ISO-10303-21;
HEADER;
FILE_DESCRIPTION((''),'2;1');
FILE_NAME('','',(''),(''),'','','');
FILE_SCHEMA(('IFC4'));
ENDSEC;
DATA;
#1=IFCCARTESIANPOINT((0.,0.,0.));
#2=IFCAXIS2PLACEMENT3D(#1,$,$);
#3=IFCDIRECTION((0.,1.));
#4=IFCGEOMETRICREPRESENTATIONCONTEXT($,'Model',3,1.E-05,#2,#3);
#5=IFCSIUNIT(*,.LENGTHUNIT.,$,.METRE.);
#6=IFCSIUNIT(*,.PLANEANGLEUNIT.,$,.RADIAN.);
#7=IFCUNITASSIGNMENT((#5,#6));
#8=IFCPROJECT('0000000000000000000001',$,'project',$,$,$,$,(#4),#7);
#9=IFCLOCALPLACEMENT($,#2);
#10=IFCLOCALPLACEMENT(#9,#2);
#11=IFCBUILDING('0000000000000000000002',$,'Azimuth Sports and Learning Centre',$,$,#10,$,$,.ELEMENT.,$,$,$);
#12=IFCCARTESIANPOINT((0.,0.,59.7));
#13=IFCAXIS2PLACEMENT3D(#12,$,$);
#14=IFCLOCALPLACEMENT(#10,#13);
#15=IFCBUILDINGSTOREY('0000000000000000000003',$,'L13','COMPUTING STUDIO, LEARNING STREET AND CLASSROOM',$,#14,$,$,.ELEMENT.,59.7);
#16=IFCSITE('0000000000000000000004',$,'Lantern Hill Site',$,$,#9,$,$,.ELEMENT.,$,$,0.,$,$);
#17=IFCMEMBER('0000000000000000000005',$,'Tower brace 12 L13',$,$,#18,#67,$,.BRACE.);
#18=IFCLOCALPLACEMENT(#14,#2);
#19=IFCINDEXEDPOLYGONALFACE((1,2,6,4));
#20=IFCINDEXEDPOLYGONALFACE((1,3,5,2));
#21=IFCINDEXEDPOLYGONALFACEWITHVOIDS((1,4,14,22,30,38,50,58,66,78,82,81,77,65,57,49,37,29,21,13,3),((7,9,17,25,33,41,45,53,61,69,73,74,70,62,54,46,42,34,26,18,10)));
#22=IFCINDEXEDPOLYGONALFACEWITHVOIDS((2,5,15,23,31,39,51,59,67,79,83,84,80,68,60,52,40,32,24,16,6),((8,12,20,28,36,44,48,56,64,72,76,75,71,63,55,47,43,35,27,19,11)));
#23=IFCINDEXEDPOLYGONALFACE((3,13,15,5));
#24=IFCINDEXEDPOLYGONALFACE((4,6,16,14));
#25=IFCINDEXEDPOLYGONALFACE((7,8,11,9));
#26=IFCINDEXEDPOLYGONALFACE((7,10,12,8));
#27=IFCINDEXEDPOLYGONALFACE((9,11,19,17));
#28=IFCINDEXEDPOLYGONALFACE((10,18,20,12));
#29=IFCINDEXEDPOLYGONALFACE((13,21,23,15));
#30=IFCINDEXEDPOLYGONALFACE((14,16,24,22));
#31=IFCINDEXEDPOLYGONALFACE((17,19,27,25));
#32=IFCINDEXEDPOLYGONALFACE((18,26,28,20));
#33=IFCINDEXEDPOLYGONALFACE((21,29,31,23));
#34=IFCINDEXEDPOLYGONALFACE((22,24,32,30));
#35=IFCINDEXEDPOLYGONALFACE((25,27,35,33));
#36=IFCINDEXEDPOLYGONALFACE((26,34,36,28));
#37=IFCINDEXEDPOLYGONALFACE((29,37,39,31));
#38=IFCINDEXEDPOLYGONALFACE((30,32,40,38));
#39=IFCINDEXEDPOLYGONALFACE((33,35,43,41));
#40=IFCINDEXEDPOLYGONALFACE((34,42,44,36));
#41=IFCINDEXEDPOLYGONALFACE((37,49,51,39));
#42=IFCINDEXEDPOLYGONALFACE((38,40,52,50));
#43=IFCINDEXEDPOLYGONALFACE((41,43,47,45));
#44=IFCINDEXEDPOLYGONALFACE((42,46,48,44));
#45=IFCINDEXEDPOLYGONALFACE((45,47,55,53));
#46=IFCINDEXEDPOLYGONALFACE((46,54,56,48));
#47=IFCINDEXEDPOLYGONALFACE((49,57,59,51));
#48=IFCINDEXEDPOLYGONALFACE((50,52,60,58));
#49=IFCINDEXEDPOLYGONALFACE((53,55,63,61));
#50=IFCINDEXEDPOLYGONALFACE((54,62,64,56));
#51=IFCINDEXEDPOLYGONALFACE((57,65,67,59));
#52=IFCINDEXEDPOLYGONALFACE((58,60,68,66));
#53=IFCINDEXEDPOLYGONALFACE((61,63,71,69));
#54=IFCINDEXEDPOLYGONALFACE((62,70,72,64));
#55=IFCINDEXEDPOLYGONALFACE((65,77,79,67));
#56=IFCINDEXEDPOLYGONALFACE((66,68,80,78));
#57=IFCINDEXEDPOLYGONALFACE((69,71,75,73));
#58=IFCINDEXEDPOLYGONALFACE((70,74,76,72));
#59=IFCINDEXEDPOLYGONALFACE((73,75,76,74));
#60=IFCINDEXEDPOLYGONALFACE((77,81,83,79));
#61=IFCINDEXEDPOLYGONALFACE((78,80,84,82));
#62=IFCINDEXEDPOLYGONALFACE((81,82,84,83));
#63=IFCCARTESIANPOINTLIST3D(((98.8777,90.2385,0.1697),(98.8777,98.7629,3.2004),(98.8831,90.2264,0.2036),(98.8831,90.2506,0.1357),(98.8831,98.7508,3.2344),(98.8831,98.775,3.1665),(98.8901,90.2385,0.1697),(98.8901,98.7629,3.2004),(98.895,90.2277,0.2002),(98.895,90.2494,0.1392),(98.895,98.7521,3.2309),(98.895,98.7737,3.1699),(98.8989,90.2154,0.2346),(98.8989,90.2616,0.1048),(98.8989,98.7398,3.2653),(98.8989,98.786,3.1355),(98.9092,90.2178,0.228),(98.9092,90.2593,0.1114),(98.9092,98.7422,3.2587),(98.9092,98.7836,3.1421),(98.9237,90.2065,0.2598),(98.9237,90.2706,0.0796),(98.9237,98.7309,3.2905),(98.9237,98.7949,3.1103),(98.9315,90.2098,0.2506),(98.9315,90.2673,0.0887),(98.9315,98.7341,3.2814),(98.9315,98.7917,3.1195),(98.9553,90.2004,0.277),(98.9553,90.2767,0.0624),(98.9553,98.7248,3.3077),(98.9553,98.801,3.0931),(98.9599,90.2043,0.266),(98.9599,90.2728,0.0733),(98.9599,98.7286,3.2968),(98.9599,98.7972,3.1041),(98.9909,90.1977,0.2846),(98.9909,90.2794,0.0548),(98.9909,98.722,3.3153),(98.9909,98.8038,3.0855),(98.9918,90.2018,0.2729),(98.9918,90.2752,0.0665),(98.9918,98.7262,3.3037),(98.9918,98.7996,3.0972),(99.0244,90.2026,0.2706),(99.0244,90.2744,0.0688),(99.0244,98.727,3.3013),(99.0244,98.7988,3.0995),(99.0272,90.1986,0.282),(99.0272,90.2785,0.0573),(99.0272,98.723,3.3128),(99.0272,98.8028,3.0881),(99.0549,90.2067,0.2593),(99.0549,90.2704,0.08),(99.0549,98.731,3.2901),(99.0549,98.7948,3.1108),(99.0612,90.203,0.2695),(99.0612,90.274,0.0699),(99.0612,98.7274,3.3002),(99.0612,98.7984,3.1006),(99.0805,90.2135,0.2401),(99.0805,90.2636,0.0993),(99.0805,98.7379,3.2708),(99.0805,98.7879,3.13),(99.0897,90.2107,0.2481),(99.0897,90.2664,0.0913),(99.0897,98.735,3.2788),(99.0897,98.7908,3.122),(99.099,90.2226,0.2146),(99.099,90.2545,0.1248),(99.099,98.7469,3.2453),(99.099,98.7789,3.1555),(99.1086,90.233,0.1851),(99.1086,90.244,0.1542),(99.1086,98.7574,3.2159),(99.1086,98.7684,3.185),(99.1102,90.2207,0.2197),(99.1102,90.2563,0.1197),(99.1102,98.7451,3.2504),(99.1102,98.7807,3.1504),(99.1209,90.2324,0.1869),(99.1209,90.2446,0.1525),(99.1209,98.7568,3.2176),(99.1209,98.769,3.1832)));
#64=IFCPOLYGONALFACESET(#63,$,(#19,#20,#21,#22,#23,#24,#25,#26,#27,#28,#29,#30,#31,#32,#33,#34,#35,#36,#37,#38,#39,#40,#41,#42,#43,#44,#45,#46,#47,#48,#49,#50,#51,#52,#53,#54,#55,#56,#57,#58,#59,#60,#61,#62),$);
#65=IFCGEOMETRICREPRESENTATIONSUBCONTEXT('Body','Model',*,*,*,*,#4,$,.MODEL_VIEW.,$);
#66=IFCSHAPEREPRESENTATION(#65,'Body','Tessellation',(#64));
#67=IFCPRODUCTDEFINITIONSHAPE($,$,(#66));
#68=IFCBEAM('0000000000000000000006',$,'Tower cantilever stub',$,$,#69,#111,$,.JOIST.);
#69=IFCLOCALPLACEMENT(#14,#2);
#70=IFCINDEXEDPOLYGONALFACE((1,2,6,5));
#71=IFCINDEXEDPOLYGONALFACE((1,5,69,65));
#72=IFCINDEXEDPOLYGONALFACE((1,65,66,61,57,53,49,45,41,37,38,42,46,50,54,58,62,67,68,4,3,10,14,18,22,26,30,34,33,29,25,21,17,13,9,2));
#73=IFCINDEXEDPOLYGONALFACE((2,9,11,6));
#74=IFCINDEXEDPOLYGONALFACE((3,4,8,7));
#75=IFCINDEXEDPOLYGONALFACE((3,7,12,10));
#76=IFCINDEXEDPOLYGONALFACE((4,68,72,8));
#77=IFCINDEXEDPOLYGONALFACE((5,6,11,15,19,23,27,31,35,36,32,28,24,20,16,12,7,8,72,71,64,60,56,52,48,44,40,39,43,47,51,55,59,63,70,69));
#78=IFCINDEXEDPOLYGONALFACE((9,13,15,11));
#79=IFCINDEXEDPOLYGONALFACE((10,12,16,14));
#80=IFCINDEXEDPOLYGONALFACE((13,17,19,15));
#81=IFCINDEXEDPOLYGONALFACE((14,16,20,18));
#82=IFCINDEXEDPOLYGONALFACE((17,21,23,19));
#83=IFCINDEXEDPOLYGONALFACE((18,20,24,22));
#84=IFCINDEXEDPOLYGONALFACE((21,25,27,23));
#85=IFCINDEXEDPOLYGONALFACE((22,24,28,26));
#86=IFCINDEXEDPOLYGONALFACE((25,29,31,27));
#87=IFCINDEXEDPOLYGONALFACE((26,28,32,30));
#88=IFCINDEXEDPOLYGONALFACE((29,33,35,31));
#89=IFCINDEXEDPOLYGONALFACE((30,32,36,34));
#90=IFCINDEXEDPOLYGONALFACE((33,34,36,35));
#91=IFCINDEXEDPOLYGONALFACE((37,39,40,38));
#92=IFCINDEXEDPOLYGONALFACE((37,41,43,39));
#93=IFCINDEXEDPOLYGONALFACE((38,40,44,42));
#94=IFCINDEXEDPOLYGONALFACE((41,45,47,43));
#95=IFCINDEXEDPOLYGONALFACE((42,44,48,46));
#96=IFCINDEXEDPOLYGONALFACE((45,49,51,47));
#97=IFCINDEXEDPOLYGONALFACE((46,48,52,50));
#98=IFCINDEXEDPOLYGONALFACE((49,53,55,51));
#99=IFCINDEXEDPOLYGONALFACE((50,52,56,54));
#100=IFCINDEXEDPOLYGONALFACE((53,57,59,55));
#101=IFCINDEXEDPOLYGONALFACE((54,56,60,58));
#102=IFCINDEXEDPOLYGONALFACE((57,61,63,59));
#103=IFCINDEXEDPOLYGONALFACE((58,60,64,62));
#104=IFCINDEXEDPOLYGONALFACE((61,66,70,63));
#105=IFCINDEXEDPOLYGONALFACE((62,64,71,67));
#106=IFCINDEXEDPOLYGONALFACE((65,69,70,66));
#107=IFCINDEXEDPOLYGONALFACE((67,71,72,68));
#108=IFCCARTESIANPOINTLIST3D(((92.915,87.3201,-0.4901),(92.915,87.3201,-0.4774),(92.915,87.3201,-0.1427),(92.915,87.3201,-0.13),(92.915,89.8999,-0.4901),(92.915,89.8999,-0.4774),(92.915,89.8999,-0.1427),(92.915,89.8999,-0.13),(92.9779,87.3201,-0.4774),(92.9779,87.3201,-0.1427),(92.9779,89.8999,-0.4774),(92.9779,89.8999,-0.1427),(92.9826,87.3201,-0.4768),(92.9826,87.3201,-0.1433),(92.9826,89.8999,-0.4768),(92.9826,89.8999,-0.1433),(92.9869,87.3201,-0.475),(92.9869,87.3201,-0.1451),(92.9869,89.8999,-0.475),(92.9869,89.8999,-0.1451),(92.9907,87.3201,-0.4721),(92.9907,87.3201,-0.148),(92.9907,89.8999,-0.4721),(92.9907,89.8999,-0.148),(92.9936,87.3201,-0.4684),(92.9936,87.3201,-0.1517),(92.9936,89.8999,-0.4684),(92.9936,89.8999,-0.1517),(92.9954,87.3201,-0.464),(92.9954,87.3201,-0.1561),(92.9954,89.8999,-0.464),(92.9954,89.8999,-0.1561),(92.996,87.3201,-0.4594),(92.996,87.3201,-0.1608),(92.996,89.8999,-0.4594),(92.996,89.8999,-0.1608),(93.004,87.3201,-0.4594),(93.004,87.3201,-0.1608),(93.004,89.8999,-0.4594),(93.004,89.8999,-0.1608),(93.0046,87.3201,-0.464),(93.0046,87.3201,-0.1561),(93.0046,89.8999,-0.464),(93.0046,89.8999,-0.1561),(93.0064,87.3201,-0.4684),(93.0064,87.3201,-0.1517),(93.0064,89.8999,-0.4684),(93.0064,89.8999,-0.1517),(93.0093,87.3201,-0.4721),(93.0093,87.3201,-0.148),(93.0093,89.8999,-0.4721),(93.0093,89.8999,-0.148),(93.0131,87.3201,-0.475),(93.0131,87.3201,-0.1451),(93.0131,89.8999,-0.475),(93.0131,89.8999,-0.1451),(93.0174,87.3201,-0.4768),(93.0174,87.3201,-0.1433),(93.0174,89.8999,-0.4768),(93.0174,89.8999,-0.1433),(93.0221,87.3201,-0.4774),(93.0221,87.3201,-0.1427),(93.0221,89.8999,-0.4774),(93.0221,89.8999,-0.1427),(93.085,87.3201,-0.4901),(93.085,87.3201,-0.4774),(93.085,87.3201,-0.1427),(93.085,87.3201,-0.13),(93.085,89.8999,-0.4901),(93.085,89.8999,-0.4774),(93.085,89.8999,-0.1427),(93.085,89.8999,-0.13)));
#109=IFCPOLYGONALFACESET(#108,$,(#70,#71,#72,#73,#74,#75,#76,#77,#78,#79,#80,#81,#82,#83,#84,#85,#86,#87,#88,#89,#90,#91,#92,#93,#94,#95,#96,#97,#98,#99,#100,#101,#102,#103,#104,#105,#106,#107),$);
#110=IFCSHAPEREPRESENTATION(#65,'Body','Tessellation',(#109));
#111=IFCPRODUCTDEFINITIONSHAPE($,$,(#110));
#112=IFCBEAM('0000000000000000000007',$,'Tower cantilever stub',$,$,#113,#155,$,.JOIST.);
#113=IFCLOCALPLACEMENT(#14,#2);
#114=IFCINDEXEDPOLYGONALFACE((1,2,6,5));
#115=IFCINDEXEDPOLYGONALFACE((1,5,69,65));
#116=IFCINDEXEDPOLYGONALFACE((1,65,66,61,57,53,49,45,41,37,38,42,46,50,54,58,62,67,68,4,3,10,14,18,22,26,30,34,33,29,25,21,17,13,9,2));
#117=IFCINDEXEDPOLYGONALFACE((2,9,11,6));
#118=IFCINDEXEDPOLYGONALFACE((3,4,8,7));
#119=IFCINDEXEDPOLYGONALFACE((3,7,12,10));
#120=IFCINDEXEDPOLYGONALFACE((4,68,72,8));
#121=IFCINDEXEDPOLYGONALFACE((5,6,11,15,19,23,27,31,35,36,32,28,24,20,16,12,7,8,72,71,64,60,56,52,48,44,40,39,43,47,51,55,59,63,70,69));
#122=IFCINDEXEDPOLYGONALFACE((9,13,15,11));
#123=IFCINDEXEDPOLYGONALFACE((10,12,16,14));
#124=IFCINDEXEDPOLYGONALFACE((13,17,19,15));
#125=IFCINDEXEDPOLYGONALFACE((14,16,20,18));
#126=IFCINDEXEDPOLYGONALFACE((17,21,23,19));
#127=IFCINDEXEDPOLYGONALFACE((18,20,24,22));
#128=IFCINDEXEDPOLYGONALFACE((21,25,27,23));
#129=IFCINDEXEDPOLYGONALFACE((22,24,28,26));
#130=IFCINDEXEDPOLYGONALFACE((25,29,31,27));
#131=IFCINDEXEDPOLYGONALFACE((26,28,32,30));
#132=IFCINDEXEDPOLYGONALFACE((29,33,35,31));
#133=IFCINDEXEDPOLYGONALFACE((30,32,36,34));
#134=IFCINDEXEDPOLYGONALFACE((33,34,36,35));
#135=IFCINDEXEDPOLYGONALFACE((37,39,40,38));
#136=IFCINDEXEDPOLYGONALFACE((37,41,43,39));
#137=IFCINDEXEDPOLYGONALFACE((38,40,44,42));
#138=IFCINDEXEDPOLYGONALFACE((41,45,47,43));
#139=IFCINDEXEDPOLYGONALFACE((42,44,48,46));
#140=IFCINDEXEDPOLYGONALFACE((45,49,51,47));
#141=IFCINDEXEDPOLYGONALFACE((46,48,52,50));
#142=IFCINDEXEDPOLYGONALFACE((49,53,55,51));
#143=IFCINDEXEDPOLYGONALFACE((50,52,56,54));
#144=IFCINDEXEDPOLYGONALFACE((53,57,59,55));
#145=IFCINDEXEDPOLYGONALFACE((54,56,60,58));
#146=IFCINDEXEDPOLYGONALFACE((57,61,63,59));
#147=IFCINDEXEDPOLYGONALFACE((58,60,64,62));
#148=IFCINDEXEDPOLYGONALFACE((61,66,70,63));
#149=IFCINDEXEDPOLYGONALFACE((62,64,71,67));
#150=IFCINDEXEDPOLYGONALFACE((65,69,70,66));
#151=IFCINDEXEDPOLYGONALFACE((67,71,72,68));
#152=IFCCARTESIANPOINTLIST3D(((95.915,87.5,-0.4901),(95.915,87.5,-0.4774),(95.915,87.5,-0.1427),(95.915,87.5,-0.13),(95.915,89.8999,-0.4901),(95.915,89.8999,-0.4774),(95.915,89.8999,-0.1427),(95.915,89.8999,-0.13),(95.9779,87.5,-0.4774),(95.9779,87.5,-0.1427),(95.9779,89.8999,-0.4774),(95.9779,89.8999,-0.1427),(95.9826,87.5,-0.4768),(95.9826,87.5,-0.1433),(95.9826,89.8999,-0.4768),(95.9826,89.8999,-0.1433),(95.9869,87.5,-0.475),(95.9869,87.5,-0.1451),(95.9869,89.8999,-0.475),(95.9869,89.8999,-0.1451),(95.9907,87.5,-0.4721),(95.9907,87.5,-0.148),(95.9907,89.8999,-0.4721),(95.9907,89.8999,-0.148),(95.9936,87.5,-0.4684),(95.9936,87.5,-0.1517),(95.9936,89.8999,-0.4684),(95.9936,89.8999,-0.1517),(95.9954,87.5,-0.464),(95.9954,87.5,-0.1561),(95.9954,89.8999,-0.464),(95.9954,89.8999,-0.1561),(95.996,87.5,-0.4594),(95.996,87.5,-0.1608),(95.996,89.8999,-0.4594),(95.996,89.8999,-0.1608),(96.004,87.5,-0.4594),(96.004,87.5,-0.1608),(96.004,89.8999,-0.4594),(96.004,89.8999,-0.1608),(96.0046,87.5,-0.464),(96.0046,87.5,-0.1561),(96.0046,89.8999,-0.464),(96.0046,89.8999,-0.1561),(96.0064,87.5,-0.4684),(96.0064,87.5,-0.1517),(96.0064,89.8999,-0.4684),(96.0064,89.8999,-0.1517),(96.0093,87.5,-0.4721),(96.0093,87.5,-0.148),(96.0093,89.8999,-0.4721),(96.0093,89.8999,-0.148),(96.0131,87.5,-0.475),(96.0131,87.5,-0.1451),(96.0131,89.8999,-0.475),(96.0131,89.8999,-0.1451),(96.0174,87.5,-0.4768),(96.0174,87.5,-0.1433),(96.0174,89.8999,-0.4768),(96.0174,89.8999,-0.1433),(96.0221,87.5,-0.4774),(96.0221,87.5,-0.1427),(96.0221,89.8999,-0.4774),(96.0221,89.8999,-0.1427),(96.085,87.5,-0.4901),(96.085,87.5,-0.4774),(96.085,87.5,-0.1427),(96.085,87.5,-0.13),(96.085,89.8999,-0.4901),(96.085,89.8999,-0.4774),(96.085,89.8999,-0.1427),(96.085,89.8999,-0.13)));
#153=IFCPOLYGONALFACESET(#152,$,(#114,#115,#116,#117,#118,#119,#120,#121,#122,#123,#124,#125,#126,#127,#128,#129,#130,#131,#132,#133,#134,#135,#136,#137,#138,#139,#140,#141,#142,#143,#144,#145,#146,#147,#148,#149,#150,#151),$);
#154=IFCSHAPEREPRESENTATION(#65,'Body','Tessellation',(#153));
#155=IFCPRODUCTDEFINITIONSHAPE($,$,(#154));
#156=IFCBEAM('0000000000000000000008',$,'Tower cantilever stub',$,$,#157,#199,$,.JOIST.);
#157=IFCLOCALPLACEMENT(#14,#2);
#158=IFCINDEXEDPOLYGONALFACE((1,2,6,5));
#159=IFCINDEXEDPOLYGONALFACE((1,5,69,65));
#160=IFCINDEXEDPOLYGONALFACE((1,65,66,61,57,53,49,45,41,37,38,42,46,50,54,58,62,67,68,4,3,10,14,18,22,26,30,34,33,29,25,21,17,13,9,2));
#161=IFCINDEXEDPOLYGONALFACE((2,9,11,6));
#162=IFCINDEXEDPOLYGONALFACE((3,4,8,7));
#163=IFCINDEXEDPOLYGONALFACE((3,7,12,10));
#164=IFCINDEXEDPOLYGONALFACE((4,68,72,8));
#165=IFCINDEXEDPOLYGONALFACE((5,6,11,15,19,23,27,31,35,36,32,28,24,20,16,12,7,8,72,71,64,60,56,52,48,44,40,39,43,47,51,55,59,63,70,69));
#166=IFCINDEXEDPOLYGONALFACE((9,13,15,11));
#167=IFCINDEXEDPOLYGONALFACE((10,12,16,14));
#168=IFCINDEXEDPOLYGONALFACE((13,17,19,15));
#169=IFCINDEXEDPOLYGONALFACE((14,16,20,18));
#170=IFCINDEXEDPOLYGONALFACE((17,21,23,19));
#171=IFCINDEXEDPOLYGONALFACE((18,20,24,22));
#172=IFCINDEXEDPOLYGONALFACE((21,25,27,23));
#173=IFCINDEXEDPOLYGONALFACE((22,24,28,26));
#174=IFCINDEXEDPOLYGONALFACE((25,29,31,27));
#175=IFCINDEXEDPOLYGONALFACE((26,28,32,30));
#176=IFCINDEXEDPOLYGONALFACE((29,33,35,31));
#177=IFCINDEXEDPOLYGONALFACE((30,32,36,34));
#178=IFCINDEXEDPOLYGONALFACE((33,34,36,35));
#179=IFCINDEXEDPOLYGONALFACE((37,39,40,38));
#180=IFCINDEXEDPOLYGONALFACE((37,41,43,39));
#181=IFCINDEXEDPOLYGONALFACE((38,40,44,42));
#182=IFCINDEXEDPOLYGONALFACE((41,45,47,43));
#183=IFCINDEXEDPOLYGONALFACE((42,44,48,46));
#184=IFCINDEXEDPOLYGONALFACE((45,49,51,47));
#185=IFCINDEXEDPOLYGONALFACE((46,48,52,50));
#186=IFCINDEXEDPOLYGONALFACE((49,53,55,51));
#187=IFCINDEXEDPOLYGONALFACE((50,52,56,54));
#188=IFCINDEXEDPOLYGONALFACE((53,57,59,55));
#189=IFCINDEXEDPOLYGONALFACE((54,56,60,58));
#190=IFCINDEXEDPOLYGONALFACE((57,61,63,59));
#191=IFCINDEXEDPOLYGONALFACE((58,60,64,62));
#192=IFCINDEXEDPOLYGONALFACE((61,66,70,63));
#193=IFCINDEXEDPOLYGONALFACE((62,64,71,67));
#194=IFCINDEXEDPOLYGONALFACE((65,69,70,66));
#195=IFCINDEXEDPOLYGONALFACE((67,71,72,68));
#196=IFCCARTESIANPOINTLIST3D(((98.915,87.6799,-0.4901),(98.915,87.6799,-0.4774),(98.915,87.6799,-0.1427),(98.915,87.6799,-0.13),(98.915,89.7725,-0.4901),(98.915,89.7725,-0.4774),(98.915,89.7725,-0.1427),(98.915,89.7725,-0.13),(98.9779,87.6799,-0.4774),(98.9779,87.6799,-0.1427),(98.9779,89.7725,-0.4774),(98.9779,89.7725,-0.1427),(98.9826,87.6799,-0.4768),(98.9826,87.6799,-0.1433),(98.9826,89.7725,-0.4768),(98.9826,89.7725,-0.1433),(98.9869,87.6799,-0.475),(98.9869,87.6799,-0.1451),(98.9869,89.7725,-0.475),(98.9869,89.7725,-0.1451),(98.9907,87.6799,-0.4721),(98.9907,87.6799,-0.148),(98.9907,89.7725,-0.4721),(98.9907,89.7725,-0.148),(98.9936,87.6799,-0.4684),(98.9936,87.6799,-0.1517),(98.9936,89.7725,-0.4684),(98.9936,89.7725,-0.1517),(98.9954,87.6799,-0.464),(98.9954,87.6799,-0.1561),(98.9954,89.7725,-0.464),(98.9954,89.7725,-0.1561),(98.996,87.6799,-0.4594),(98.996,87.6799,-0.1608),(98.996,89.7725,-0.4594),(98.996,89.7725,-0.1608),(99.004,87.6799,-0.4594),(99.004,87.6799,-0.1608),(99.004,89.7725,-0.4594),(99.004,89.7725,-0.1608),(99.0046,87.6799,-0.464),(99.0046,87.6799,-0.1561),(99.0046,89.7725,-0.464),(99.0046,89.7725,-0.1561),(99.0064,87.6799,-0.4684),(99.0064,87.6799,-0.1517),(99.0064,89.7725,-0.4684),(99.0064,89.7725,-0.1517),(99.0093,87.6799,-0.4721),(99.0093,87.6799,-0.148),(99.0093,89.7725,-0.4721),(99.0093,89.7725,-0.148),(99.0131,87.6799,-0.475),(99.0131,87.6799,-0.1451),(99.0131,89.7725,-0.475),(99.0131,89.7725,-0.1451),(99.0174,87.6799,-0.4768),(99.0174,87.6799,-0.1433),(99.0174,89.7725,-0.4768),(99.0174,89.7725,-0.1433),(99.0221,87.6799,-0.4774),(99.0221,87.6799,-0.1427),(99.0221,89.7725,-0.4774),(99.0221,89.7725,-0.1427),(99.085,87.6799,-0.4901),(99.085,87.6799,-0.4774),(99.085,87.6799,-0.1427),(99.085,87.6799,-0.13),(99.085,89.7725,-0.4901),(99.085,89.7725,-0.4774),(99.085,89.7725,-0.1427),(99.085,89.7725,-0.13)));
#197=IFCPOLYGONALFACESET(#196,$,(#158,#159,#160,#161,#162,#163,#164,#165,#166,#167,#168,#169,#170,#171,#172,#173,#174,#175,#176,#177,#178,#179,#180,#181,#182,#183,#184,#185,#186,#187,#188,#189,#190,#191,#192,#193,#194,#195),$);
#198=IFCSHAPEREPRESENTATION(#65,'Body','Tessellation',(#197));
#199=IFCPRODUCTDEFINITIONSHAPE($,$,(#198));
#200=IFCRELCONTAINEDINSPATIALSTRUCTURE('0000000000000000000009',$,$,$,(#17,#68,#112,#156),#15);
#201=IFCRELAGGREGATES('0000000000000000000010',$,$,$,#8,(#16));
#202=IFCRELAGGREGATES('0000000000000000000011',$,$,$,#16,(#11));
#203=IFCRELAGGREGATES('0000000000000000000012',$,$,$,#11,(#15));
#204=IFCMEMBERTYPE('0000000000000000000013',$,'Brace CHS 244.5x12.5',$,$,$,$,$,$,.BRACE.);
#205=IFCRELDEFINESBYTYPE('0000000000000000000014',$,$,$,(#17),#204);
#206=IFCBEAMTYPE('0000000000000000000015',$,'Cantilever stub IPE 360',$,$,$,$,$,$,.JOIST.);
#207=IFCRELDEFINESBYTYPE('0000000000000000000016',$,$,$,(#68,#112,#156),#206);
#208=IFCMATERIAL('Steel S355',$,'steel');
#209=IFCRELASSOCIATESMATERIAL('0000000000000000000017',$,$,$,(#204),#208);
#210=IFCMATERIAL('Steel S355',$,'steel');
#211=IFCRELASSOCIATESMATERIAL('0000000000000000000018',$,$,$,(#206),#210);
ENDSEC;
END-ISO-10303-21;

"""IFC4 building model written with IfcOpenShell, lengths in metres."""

from ifc_helpers import new_model, si_unit, direction, frame, origin, origin_2d, place, context, subcontext, project, spatial, hollow_circle, i_section, extrude, material, material_profile, profile_set, type_object, element, save


model = new_model("IFC4")

# Units and contexts
model_context = context("Model", 3, precision=1e-05, world=origin(), true_north=direction((0.0, 1.0)))
body_context = subcontext(model_context, "Body", "Model", "MODEL_VIEW")
ifc_project = project(units=[si_unit("LENGTHUNIT", "METRE"), si_unit("PLANEANGLEUNIT", "RADIAN")], contexts=[model_context])

# Site, building, storey
site_placement = place(None, origin())
site = spatial("IfcSite", under=ifc_project, at=site_placement, Name="Lantern Hill Site", CompositionType="ELEMENT", RefElevation=0.0)
building_placement = place(site_placement, origin())
building = spatial("IfcBuilding", under=site, at=building_placement, Name="Azimuth Sports and Learning Centre", CompositionType="ELEMENT")
storey_placement = place(building_placement, frame((0.0, 0.0, 59.7)))
storey = spatial("IfcBuildingStorey", under=building, at=storey_placement, Name="L13", Description="COMPUTING STUDIO, LEARNING STREET AND CLASSROOM", CompositionType="ELEMENT", Elevation=59.7)

# Member
ifc_material_1 = material(Name="Steel S355", Category="steel")
ifc_material_profile_1 = material_profile(ifc_material_1, hollow_circle(Radius=0.1223, WallThickness=0.0125, at=origin_2d()), Name="CHS 244.5x12.5")
ifc_profile_set_1 = profile_set([ifc_material_profile_1], Name="Steel S355")
member_type_1 = type_object("IfcMemberType", Name="Brace CHS 244.5x12.5", PredefinedType="BRACE", material=ifc_profile_set_1)
member_1_placement = place(storey_placement, frame((99.0, 90.2385, 0.1697), z_axis=(0.0, 0.94222, 0.334996), x_axis=(-1.0, 0.0, 0.0)))
element("IfcMember", 1, at=member_1_placement, inside=storey, type_object=member_type_1, Name="Tower brace 12 L13", PredefinedType="BRACE", context=body_context, shape_type="SweptSolid", body=[
    extrude(hollow_circle(Radius=0.1223, WallThickness=0.0125, at=origin_2d()), origin(), (0.0, 0.0, 1.0), 9.0471),
])

# Beams
ifc_material_2 = material(Name="Steel S355", Category="steel")
ifc_material_profile_2 = material_profile(ifc_material_2, i_section(OverallWidth=0.1699, OverallDepth=0.3601, WebThickness=0.0081, FlangeThickness=0.0127, FilletRadius=0.0181, at=origin_2d()), Name="IPE 360")
ifc_profile_set_2 = profile_set([ifc_material_profile_2], Name="Steel S355")
beam_type_1 = type_object("IfcBeamType", Name="Cantilever stub IPE 360", PredefinedType="JOIST", material=ifc_profile_set_2)
beam_1_placement = place(storey_placement, frame((93.0, 89.8999, -0.3101), z_axis=(0.0, -1.0, 0.0), x_axis=(1.0, 0.0, 0.0)))
element("IfcBeam", 2, at=beam_1_placement, inside=storey, type_object=beam_type_1, Name="Tower cantilever stub", PredefinedType="JOIST", context=body_context, shape_type="SweptSolid", body=[
    extrude(i_section(OverallWidth=0.1699, OverallDepth=0.3601, WebThickness=0.0081, FlangeThickness=0.0127, FilletRadius=0.0181, at=origin_2d()), origin(), (0.0, 0.0, 1.0), 2.5798),
])
beam_2_placement = place(storey_placement, frame((96.0, 89.8999, -0.3101), z_axis=(0.0, -1.0, 0.0), x_axis=(1.0, 0.0, 0.0)))
element("IfcBeam", 3, at=beam_2_placement, inside=storey, type_object=beam_type_1, Name="Tower cantilever stub", PredefinedType="JOIST", context=body_context, shape_type="SweptSolid", body=[
    extrude(i_section(OverallWidth=0.1699, OverallDepth=0.3601, WebThickness=0.0081, FlangeThickness=0.0127, FilletRadius=0.0181, at=origin_2d()), origin(), (0.0, 0.0, 1.0), 2.3999),
])
beam_3_placement = place(storey_placement, frame((99.0, 89.7725, -0.3101), z_axis=(0.0, -1.0, 0.0), x_axis=(1.0, 0.0, 0.0)))
element("IfcBeam", 4, at=beam_3_placement, inside=storey, type_object=beam_type_1, Name="Tower cantilever stub", PredefinedType="JOIST", context=body_context, shape_type="SweptSolid", body=[
    extrude(i_section(OverallWidth=0.1699, OverallDepth=0.3601, WebThickness=0.0081, FlangeThickness=0.0127, FilletRadius=0.0181, at=origin_2d()), origin(), (0.0, 0.0, 1.0), 2.0925),
])

save(model, "model.ifc")
